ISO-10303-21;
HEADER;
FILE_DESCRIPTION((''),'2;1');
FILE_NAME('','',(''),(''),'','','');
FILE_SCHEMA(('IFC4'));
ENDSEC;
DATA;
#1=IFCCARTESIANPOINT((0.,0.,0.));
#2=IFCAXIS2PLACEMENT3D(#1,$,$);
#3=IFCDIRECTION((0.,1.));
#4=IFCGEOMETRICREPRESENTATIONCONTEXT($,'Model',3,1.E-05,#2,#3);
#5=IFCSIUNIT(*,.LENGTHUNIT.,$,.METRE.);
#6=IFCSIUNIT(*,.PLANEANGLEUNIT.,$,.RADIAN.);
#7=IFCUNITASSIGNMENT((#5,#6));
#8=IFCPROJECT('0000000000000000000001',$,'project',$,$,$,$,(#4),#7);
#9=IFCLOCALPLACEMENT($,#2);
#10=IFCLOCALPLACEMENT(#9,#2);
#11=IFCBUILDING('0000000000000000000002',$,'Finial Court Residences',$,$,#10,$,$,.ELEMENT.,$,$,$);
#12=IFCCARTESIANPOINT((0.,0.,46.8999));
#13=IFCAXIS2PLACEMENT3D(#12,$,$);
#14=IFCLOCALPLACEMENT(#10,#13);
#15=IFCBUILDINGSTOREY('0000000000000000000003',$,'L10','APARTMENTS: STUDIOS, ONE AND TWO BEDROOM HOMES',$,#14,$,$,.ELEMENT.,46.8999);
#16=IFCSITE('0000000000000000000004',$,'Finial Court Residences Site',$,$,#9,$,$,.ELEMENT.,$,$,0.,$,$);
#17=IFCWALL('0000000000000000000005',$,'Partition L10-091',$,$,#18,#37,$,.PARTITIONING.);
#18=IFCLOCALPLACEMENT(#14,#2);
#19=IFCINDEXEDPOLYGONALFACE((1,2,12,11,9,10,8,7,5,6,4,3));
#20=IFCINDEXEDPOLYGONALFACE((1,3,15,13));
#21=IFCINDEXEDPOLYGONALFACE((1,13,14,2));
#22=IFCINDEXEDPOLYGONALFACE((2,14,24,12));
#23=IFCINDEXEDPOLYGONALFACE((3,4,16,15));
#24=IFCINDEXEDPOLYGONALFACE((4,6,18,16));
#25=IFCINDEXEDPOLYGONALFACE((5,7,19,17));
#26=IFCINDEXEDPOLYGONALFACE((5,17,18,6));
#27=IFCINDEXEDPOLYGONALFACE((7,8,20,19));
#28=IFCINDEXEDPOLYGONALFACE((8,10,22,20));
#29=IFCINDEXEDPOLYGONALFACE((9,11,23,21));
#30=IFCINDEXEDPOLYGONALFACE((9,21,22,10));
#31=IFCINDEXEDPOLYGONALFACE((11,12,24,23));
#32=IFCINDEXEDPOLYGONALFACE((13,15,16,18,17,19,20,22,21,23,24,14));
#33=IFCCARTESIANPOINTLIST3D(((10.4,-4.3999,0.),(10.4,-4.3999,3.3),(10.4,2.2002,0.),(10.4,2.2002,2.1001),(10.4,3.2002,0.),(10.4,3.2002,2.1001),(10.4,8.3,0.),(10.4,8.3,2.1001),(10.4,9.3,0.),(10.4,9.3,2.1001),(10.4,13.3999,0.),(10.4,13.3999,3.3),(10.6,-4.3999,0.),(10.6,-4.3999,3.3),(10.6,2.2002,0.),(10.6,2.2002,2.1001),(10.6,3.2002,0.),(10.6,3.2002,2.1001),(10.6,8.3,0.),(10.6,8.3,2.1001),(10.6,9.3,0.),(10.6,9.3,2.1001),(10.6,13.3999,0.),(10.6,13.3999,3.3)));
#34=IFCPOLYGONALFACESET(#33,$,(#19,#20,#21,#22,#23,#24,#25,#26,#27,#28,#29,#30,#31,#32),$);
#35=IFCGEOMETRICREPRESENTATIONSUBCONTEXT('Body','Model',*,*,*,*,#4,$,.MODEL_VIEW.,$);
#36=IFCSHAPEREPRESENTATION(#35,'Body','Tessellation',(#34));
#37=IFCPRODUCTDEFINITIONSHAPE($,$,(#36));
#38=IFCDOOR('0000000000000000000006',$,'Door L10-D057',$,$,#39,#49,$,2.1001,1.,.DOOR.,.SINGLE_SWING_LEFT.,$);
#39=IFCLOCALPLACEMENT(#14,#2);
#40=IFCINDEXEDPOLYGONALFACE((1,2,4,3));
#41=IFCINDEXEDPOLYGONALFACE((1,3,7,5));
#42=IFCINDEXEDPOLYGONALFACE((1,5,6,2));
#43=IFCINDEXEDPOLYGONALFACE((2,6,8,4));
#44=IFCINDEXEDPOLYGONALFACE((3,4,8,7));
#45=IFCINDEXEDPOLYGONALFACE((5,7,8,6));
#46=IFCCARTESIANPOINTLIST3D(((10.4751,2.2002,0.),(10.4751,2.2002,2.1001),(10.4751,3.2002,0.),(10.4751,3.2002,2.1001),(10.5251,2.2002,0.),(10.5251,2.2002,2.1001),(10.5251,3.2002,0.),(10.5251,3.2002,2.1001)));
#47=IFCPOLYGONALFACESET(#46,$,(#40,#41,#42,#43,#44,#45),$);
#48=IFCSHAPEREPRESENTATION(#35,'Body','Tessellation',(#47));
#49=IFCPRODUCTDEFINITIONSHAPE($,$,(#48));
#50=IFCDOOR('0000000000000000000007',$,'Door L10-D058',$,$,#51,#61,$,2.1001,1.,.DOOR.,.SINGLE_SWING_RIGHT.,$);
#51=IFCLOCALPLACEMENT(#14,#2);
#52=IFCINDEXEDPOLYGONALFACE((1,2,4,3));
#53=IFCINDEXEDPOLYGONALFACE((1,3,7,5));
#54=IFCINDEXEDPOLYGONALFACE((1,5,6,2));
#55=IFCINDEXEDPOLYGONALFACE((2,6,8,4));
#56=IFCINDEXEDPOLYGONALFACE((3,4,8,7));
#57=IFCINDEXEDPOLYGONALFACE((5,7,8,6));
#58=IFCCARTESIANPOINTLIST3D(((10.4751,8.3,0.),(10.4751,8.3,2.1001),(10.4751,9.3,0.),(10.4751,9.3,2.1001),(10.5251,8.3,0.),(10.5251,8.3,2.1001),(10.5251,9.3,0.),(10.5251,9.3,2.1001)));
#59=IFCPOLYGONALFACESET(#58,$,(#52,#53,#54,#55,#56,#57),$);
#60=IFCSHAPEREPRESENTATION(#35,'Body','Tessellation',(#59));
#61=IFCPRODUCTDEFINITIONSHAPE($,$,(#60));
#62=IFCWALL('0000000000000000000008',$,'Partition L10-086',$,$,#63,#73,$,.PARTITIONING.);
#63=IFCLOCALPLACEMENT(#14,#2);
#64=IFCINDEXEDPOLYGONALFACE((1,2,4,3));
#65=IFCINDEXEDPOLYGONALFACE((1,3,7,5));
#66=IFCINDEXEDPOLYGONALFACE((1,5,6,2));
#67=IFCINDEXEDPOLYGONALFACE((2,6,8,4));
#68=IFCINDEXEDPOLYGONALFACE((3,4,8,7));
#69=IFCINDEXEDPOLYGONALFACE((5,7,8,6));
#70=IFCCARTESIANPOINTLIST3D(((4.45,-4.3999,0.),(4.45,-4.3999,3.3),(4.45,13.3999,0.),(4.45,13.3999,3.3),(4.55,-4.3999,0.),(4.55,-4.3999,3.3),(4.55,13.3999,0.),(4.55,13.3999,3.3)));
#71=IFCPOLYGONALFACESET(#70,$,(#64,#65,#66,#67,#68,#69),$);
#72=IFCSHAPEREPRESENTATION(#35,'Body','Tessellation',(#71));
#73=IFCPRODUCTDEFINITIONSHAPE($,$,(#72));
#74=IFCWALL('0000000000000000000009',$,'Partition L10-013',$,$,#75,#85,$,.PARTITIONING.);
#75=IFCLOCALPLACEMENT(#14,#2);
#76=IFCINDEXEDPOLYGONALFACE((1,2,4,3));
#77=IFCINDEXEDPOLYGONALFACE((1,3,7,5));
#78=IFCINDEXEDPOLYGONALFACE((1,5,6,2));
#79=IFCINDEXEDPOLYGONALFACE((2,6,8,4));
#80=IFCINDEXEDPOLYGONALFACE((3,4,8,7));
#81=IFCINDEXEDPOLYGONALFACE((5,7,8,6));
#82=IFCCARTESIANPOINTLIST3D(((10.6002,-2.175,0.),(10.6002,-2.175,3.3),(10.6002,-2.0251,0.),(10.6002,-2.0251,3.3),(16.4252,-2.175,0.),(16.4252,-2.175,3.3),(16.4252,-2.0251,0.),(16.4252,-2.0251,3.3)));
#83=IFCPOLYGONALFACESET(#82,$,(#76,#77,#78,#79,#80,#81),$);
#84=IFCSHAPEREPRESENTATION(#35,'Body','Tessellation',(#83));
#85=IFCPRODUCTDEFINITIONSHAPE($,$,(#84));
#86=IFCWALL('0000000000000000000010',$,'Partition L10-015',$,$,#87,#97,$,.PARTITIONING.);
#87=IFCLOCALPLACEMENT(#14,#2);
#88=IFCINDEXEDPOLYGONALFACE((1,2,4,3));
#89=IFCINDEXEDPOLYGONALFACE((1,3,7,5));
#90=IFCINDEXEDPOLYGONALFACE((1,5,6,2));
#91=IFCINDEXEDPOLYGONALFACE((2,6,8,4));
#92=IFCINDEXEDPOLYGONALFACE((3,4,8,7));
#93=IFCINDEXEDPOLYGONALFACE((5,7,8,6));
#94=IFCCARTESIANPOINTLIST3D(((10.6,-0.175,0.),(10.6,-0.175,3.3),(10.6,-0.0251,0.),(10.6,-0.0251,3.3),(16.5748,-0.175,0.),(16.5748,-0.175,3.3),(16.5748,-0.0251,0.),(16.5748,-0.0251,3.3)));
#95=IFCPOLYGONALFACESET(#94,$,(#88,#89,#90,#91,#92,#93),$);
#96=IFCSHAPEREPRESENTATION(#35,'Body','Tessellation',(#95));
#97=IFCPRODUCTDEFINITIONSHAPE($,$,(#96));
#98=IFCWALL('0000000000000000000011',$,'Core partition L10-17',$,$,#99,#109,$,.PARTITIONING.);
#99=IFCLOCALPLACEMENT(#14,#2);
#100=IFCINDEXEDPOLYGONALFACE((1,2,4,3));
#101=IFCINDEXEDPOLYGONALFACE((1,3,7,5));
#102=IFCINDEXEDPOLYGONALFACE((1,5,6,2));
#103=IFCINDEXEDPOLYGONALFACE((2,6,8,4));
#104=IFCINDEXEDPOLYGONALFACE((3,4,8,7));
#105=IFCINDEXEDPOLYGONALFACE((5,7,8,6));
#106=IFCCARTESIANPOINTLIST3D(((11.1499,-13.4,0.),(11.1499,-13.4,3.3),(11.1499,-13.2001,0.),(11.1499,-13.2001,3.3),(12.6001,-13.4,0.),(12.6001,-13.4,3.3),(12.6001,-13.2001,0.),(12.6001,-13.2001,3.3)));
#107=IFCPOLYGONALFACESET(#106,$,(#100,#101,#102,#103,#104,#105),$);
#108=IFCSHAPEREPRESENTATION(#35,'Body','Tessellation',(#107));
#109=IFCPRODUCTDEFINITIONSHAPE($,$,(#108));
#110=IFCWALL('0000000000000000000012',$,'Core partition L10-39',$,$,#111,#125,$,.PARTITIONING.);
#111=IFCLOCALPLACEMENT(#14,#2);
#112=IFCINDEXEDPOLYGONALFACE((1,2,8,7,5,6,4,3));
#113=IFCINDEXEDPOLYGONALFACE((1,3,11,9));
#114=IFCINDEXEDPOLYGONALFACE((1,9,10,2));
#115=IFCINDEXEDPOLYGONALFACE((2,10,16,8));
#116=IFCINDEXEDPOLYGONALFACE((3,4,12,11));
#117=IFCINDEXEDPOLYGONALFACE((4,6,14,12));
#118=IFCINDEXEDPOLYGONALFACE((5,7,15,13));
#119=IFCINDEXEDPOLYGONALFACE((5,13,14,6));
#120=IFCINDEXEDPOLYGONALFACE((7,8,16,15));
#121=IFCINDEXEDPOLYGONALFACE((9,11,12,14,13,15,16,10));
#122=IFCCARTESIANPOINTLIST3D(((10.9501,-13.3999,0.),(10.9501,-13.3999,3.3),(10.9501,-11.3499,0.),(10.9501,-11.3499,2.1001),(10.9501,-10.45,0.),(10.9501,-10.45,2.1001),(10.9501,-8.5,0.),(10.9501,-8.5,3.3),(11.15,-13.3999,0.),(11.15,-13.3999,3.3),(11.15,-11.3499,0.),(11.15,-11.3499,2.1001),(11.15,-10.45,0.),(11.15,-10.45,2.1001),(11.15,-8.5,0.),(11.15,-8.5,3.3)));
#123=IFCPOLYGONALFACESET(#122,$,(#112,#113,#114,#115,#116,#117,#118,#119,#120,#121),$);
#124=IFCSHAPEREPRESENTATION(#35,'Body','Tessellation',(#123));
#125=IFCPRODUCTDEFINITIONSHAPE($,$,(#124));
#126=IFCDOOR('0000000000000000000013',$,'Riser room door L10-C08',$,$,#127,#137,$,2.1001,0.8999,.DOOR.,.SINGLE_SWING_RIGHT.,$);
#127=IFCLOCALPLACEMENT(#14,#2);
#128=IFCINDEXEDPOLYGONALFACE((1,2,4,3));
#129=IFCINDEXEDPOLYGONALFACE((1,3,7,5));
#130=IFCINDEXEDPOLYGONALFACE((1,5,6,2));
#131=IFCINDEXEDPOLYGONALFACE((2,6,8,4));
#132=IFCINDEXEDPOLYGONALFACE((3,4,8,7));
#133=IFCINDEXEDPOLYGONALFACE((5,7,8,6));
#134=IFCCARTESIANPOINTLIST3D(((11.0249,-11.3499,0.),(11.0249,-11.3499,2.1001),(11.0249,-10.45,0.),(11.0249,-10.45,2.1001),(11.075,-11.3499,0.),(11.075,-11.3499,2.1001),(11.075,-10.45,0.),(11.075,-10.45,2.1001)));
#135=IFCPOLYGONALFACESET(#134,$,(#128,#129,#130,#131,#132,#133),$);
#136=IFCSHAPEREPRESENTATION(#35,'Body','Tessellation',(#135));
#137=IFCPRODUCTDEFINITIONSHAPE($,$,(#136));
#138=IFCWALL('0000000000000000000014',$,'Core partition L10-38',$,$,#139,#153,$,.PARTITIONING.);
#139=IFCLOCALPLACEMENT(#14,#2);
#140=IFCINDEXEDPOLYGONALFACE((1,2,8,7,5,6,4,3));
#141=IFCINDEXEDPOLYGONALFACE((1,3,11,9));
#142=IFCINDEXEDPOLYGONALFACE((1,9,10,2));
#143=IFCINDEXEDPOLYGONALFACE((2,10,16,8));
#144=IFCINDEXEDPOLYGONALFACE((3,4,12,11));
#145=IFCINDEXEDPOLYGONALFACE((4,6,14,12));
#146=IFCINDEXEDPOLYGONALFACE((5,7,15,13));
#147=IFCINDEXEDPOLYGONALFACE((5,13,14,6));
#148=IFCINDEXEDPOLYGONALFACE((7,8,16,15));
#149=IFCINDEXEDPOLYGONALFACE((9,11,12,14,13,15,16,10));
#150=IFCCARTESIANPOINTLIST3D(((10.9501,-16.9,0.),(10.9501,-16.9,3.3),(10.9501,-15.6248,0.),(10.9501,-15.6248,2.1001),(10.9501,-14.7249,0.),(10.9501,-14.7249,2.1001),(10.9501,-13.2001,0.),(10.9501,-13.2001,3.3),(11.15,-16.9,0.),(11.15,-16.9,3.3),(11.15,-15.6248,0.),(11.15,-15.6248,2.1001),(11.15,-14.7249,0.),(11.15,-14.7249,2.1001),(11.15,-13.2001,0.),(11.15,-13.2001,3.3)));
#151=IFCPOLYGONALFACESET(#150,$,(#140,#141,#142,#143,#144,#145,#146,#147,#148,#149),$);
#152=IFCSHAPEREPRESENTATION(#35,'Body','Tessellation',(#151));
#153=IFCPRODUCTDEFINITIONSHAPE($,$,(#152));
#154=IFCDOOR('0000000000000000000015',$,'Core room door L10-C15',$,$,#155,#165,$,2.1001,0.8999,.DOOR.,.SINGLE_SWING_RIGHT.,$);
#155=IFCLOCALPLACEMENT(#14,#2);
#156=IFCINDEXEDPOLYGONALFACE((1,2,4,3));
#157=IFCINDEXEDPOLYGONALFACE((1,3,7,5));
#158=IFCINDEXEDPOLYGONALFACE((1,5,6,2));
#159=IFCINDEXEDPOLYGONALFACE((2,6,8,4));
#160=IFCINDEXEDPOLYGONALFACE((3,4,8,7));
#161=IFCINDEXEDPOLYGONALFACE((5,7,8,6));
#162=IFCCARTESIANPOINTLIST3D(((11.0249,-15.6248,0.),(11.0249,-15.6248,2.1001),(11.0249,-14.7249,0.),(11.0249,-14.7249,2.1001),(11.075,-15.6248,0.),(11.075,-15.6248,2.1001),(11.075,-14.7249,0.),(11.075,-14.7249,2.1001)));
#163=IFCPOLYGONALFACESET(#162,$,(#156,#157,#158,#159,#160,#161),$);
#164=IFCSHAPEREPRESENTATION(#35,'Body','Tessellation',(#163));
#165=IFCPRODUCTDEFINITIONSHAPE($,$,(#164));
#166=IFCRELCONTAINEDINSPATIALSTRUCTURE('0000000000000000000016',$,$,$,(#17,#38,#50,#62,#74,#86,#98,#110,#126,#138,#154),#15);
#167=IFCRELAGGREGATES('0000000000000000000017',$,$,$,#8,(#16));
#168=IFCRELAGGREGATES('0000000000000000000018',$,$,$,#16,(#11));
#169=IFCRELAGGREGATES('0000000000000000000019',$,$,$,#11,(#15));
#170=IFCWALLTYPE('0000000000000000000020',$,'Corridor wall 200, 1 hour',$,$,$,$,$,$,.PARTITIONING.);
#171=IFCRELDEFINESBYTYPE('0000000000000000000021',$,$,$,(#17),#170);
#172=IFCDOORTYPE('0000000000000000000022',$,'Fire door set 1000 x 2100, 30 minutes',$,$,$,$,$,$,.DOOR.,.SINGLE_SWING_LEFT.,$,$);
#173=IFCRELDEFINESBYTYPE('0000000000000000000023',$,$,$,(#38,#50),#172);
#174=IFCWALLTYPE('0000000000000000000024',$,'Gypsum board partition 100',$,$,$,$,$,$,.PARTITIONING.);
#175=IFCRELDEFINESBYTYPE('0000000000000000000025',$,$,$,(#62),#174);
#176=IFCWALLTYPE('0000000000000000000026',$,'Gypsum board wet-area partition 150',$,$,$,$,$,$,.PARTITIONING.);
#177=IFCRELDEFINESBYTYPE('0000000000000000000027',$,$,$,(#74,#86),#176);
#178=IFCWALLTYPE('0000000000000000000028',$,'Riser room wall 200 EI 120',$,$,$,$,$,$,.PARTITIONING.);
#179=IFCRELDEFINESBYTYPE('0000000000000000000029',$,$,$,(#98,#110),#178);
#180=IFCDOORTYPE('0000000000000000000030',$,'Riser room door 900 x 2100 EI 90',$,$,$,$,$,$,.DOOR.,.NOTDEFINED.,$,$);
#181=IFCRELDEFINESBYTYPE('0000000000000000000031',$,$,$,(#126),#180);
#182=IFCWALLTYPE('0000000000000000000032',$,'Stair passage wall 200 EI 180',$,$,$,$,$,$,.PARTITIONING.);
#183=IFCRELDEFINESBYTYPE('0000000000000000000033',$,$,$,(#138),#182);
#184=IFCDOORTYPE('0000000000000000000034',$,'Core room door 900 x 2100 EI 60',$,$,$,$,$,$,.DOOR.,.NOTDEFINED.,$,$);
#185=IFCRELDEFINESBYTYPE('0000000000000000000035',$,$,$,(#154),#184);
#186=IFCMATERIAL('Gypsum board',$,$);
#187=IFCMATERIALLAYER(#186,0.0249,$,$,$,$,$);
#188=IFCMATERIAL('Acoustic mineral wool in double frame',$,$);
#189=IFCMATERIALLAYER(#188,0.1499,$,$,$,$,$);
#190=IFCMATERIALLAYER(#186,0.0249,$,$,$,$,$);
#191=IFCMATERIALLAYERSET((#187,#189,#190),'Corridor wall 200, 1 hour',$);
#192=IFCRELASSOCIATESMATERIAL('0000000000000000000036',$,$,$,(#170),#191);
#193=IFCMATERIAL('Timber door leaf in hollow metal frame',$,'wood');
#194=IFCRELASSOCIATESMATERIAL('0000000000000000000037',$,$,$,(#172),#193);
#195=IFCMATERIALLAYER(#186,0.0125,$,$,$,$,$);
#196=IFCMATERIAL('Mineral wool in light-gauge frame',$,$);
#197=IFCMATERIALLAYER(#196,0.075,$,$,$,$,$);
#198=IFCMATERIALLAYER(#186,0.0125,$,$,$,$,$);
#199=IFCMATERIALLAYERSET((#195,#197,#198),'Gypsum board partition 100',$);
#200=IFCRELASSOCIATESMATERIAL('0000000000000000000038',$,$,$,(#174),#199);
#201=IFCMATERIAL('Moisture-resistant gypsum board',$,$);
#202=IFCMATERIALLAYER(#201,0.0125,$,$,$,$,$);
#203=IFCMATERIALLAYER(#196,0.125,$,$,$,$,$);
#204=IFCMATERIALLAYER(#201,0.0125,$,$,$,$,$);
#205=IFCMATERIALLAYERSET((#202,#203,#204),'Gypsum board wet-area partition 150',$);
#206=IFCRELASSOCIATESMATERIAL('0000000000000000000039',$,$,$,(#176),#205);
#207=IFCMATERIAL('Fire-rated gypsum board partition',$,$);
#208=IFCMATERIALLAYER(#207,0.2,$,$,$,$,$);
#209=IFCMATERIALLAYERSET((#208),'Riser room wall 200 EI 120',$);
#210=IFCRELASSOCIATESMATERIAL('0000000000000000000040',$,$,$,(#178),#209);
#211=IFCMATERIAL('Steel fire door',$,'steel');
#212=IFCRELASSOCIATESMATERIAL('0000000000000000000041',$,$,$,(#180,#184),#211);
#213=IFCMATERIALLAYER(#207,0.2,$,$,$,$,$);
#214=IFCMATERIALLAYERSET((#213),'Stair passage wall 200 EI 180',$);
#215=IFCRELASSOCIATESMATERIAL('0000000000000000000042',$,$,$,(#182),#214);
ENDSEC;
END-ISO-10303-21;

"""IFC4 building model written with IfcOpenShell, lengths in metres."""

from ifc_helpers import new_model, si_unit, direction, frame, frame_2d, origin, place, context, subcontext, project, spatial, rectangle, extrude, material, layer, layer_set, type_object, element, fill, save


model = new_model("IFC4")

# Units and contexts
model_context = context("Model", 3, precision=1e-05, world=origin(), true_north=direction((0.0, 1.0)))
body_context = subcontext(model_context, "Body", "Model", "MODEL_VIEW")
ifc_project = project(units=[si_unit("LENGTHUNIT", "METRE"), si_unit("PLANEANGLEUNIT", "RADIAN")], contexts=[model_context])

# Site, building, storey
site_placement = place(None, origin())
site = spatial("IfcSite", under=ifc_project, at=site_placement, Name="Finial Court Residences Site", CompositionType="ELEMENT", RefElevation=0.0)
building_placement = place(site_placement, origin())
building = spatial("IfcBuilding", under=site, at=building_placement, Name="Finial Court Residences", CompositionType="ELEMENT")
storey_placement = place(building_placement, frame((0.0, 0.0, 46.8999)))
storey = spatial("IfcBuildingStorey", under=building, at=storey_placement, Name="L10", Description="APARTMENTS: STUDIOS, ONE AND TWO BEDROOM HOMES", CompositionType="ELEMENT", Elevation=46.8999)

# Shared definitions
ifc_material_1 = material(Name="Fire-rated gypsum board partition")
ifc_material_2 = material(Name="Steel fire door", Category="steel")
ifc_material_3 = material(Name="Gypsum board")
ifc_layer_1 = layer(ifc_material_3, 0.0249)
ifc_material_4 = material(Name="Acoustic mineral wool in double frame")
ifc_layer_2 = layer(ifc_material_4, 0.1499)
ifc_layer_3 = layer(ifc_material_3, 0.0249)
ifc_layer_set_1 = layer_set([ifc_layer_1, ifc_layer_2, ifc_layer_3], Name="Corridor wall 200, 1 hour")
wall_type_1 = type_object("IfcWallType", Name="Corridor wall 200, 1 hour", PredefinedType="PARTITIONING", material=ifc_layer_set_1)
ifc_material_5 = material(Name="Timber door leaf in hollow metal frame", Category="wood")
door_type_1 = type_object("IfcDoorType", Name="Fire door set 1000 x 2100, 30 minutes", OperationType="SINGLE_SWING_LEFT", PredefinedType="DOOR", material=ifc_material_5)

# Wall, openings, doors
wall_1_placement = place(storey_placement, frame((10.5, -4.3999, 0.0), z_axis=(0.0, 0.0, 1.0), x_axis=(0.0, 1.0, 0.0)))
wall_1 = element("IfcWall", 1, at=wall_1_placement, inside=storey, type_object=wall_type_1, Name="Partition L10-091", PredefinedType="PARTITIONING", context=body_context, shape_type="SweptSolid", body=[
    extrude(rectangle(XDim=17.7998, YDim=0.2, at=frame_2d((8.8999, 0.0))), origin(), (0.0, 0.0, 1.0), 3.3),
])
opening_1_placement = place(wall_1_placement, frame((6.6001, 0.0, 0.0)))
opening_1 = element("IfcOpeningElement", 2, at=opening_1_placement, cuts=wall_1, PredefinedType="OPENING", context=body_context, shape_type="SweptSolid", body=[
    extrude(rectangle(XDim=1.0, YDim=2.1001, at=frame_2d((0.5, 1.05))), frame((0.0, 0.1099, 0.0), z_axis=(0.0, -1.0, 0.0), x_axis=(1.0, 0.0, 0.0)), (0.0, 0.0, 1.0), 0.22),
])
opening_2_placement = place(wall_1_placement, frame((12.7, 0.0, 0.0)))
opening_2 = element("IfcOpeningElement", 3, at=opening_2_placement, cuts=wall_1, PredefinedType="OPENING", context=body_context, shape_type="SweptSolid", body=[
    extrude(rectangle(XDim=1.0, YDim=2.1001, at=frame_2d((0.5, 1.05))), frame((0.0, 0.1099, 0.0), z_axis=(0.0, -1.0, 0.0), x_axis=(1.0, 0.0, 0.0)), (0.0, 0.0, 1.0), 0.22),
])
door_1_placement = place(opening_1_placement, origin())
door_1 = element("IfcDoor", 4, at=door_1_placement, inside=storey, type_object=door_type_1, Name="Door L10-D057", OperationType="SINGLE_SWING_LEFT", OverallHeight=2.1001, OverallWidth=1.0, PredefinedType="DOOR", context=body_context, shape_type="SweptSolid", body=[
    extrude(rectangle(XDim=1.0, YDim=2.1001, at=frame_2d((0.5, 1.05))), frame((0.0, 0.0249, 0.0), z_axis=(0.0, -1.0, 0.0), x_axis=(1.0, 0.0, 0.0)), (0.0, 0.0, 1.0), 0.05),
])
fill(opening_1, door_1)
door_2_placement = place(opening_2_placement, origin())
door_2 = element("IfcDoor", 5, at=door_2_placement, inside=storey, type_object=door_type_1, Name="Door L10-D058", OperationType="SINGLE_SWING_RIGHT", OverallHeight=2.1001, OverallWidth=1.0, PredefinedType="DOOR", context=body_context, shape_type="SweptSolid", body=[
    extrude(rectangle(XDim=1.0, YDim=2.1001, at=frame_2d((0.5, 1.05))), frame((0.0, 0.0249, 0.0), z_axis=(0.0, -1.0, 0.0), x_axis=(1.0, 0.0, 0.0)), (0.0, 0.0, 1.0), 0.05),
])
fill(opening_2, door_2)

# Walls
ifc_layer_4 = layer(ifc_material_3, 0.0125)
ifc_material_6 = material(Name="Mineral wool in light-gauge frame")
ifc_layer_5 = layer(ifc_material_6, 0.075)
ifc_layer_6 = layer(ifc_material_3, 0.0125)
ifc_layer_set_2 = layer_set([ifc_layer_4, ifc_layer_5, ifc_layer_6], Name="Gypsum board partition 100")
wall_type_2 = type_object("IfcWallType", Name="Gypsum board partition 100", PredefinedType="PARTITIONING", material=ifc_layer_set_2)
wall_2_placement = place(storey_placement, frame((4.5, -4.3999, 0.0), z_axis=(0.0, 0.0, 1.0), x_axis=(0.0, 1.0, 0.0)))
element("IfcWall", 6, at=wall_2_placement, inside=storey, type_object=wall_type_2, Name="Partition L10-086", PredefinedType="PARTITIONING", context=body_context, shape_type="SweptSolid", body=[
    extrude(rectangle(XDim=17.7998, YDim=0.1001, at=frame_2d((8.8999, 0.0))), origin(), (0.0, 0.0, 1.0), 3.3),
])
ifc_material_7 = material(Name="Moisture-resistant gypsum board")
ifc_layer_7 = layer(ifc_material_7, 0.0125)
ifc_layer_8 = layer(ifc_material_6, 0.125)
ifc_layer_9 = layer(ifc_material_7, 0.0125)
ifc_layer_set_3 = layer_set([ifc_layer_7, ifc_layer_8, ifc_layer_9], Name="Gypsum board wet-area partition 150")
wall_type_3 = type_object("IfcWallType", Name="Gypsum board wet-area partition 150", PredefinedType="PARTITIONING", material=ifc_layer_set_3)
wall_3_placement = place(storey_placement, frame((10.6001, -2.1001, 0.0), z_axis=(0.0, 0.0, 1.0), x_axis=(1.0, 0.0, 0.0)))
element("IfcWall", 7, at=wall_3_placement, inside=storey, type_object=wall_type_3, Name="Partition L10-013", PredefinedType="PARTITIONING", context=body_context, shape_type="SweptSolid", body=[
    extrude(rectangle(XDim=5.825, YDim=0.1499, at=frame_2d((2.9126, 0.0))), origin(), (0.0, 0.0, 1.0), 3.3),
])
wall_4_placement = place(storey_placement, frame((10.6001, -0.1001, 0.0), z_axis=(0.0, 0.0, 1.0), x_axis=(1.0, 0.0, 0.0)))
element("IfcWall", 8, at=wall_4_placement, inside=storey, type_object=wall_type_3, Name="Partition L10-015", PredefinedType="PARTITIONING", context=body_context, shape_type="SweptSolid", body=[
    extrude(rectangle(XDim=5.9749, YDim=0.1499, at=frame_2d((2.9873, 0.0))), origin(), (0.0, 0.0, 1.0), 3.3),
])
ifc_layer_10 = layer(ifc_material_1, 0.2)
ifc_layer_set_4 = layer_set([ifc_layer_10], Name="Riser room wall 200 EI 120")
wall_type_4 = type_object("IfcWallType", Name="Riser room wall 200 EI 120", PredefinedType="PARTITIONING", material=ifc_layer_set_4)
wall_5_placement = place(storey_placement, frame((11.1499, -13.3, 0.0), z_axis=(0.0, 0.0, 1.0), x_axis=(1.0, 0.0, 0.0)))
element("IfcWall", 9, at=wall_5_placement, inside=storey, type_object=wall_type_4, Name="Core partition L10-17", PredefinedType="PARTITIONING", context=body_context, shape_type="SweptSolid", body=[
    extrude(rectangle(XDim=1.4502, YDim=0.2, at=frame_2d((0.7251, 0.0))), origin(), (0.0, 0.0, 1.0), 3.3),
])

# Walls, openings, doors
wall_6_placement = place(storey_placement, frame((11.05, -8.5, 0.0), z_axis=(0.0, 0.0, 1.0), x_axis=(0.0, -1.0, 0.0)))
wall_6 = element("IfcWall", 10, at=wall_6_placement, inside=storey, type_object=wall_type_4, Name="Core partition L10-39", PredefinedType="PARTITIONING", context=body_context, shape_type="SweptSolid", body=[
    extrude(rectangle(XDim=4.8999, YDim=0.2, at=frame_2d((2.45, 0.0))), origin(), (0.0, 0.0, 1.0), 3.3),
])
opening_3_placement = place(wall_6_placement, frame((1.95, 0.0, 0.0)))
opening_3 = element("IfcOpeningElement", 11, at=opening_3_placement, cuts=wall_6, PredefinedType="OPENING", context=body_context, shape_type="SweptSolid", body=[
    extrude(rectangle(XDim=0.8999, YDim=2.1001, at=frame_2d((0.45, 1.05))), frame((0.0, 0.1099, 0.0), z_axis=(0.0, -1.0, 0.0), x_axis=(1.0, 0.0, 0.0)), (0.0, 0.0, 1.0), 0.22),
])
door_type_2 = type_object("IfcDoorType", Name="Riser room door 900 x 2100 EI 90", OperationType="NOTDEFINED", PredefinedType="DOOR", material=ifc_material_2)
door_3_placement = place(opening_3_placement, origin())
door_3 = element("IfcDoor", 12, at=door_3_placement, inside=storey, type_object=door_type_2, Name="Riser room door L10-C08", OperationType="SINGLE_SWING_RIGHT", OverallHeight=2.1001, OverallWidth=0.8999, PredefinedType="DOOR", context=body_context, shape_type="SweptSolid", body=[
    extrude(rectangle(XDim=0.8999, YDim=2.1001, at=frame_2d((0.45, 1.05))), frame((0.0, 0.0249, 0.0), z_axis=(0.0, -1.0, 0.0), x_axis=(1.0, 0.0, 0.0)), (0.0, 0.0, 1.0), 0.05),
])
fill(opening_3, door_3)
ifc_layer_11 = layer(ifc_material_1, 0.2)
ifc_layer_set_5 = layer_set([ifc_layer_11], Name="Stair passage wall 200 EI 180")
wall_type_5 = type_object("IfcWallType", Name="Stair passage wall 200 EI 180", PredefinedType="PARTITIONING", material=ifc_layer_set_5)
wall_7_placement = place(storey_placement, frame((11.05, -13.2, 0.0), z_axis=(0.0, 0.0, 1.0), x_axis=(0.0, -1.0, 0.0)))
wall_7 = element("IfcWall", 13, at=wall_7_placement, inside=storey, type_object=wall_type_5, Name="Core partition L10-38", PredefinedType="PARTITIONING", context=body_context, shape_type="SweptSolid", body=[
    extrude(rectangle(XDim=3.7, YDim=0.2, at=frame_2d((1.8501, 0.0))), origin(), (0.0, 0.0, 1.0), 3.3),
])
opening_4_placement = place(wall_7_placement, frame((1.5249, 0.0, 0.0)))
opening_4 = element("IfcOpeningElement", 14, at=opening_4_placement, cuts=wall_7, PredefinedType="OPENING", context=body_context, shape_type="SweptSolid", body=[
    extrude(rectangle(XDim=0.8999, YDim=2.1001, at=frame_2d((0.45, 1.05))), frame((0.0, 0.1099, 0.0), z_axis=(0.0, -1.0, 0.0), x_axis=(1.0, 0.0, 0.0)), (0.0, 0.0, 1.0), 0.22),
])
door_type_3 = type_object("IfcDoorType", Name="Core room door 900 x 2100 EI 60", OperationType="NOTDEFINED", PredefinedType="DOOR", material=ifc_material_2)
door_4_placement = place(opening_4_placement, origin())
door_4 = element("IfcDoor", 15, at=door_4_placement, inside=storey, type_object=door_type_3, Name="Core room door L10-C15", OperationType="SINGLE_SWING_RIGHT", OverallHeight=2.1001, OverallWidth=0.8999, PredefinedType="DOOR", context=body_context, shape_type="SweptSolid", body=[
    extrude(rectangle(XDim=0.8999, YDim=2.1001, at=frame_2d((0.45, 1.05))), frame((0.0, 0.0249, 0.0), z_axis=(0.0, -1.0, 0.0), x_axis=(1.0, 0.0, 0.0)), (0.0, 0.0, 1.0), 0.05),
])
fill(opening_4, door_4)

save(model, "model.ifc")
